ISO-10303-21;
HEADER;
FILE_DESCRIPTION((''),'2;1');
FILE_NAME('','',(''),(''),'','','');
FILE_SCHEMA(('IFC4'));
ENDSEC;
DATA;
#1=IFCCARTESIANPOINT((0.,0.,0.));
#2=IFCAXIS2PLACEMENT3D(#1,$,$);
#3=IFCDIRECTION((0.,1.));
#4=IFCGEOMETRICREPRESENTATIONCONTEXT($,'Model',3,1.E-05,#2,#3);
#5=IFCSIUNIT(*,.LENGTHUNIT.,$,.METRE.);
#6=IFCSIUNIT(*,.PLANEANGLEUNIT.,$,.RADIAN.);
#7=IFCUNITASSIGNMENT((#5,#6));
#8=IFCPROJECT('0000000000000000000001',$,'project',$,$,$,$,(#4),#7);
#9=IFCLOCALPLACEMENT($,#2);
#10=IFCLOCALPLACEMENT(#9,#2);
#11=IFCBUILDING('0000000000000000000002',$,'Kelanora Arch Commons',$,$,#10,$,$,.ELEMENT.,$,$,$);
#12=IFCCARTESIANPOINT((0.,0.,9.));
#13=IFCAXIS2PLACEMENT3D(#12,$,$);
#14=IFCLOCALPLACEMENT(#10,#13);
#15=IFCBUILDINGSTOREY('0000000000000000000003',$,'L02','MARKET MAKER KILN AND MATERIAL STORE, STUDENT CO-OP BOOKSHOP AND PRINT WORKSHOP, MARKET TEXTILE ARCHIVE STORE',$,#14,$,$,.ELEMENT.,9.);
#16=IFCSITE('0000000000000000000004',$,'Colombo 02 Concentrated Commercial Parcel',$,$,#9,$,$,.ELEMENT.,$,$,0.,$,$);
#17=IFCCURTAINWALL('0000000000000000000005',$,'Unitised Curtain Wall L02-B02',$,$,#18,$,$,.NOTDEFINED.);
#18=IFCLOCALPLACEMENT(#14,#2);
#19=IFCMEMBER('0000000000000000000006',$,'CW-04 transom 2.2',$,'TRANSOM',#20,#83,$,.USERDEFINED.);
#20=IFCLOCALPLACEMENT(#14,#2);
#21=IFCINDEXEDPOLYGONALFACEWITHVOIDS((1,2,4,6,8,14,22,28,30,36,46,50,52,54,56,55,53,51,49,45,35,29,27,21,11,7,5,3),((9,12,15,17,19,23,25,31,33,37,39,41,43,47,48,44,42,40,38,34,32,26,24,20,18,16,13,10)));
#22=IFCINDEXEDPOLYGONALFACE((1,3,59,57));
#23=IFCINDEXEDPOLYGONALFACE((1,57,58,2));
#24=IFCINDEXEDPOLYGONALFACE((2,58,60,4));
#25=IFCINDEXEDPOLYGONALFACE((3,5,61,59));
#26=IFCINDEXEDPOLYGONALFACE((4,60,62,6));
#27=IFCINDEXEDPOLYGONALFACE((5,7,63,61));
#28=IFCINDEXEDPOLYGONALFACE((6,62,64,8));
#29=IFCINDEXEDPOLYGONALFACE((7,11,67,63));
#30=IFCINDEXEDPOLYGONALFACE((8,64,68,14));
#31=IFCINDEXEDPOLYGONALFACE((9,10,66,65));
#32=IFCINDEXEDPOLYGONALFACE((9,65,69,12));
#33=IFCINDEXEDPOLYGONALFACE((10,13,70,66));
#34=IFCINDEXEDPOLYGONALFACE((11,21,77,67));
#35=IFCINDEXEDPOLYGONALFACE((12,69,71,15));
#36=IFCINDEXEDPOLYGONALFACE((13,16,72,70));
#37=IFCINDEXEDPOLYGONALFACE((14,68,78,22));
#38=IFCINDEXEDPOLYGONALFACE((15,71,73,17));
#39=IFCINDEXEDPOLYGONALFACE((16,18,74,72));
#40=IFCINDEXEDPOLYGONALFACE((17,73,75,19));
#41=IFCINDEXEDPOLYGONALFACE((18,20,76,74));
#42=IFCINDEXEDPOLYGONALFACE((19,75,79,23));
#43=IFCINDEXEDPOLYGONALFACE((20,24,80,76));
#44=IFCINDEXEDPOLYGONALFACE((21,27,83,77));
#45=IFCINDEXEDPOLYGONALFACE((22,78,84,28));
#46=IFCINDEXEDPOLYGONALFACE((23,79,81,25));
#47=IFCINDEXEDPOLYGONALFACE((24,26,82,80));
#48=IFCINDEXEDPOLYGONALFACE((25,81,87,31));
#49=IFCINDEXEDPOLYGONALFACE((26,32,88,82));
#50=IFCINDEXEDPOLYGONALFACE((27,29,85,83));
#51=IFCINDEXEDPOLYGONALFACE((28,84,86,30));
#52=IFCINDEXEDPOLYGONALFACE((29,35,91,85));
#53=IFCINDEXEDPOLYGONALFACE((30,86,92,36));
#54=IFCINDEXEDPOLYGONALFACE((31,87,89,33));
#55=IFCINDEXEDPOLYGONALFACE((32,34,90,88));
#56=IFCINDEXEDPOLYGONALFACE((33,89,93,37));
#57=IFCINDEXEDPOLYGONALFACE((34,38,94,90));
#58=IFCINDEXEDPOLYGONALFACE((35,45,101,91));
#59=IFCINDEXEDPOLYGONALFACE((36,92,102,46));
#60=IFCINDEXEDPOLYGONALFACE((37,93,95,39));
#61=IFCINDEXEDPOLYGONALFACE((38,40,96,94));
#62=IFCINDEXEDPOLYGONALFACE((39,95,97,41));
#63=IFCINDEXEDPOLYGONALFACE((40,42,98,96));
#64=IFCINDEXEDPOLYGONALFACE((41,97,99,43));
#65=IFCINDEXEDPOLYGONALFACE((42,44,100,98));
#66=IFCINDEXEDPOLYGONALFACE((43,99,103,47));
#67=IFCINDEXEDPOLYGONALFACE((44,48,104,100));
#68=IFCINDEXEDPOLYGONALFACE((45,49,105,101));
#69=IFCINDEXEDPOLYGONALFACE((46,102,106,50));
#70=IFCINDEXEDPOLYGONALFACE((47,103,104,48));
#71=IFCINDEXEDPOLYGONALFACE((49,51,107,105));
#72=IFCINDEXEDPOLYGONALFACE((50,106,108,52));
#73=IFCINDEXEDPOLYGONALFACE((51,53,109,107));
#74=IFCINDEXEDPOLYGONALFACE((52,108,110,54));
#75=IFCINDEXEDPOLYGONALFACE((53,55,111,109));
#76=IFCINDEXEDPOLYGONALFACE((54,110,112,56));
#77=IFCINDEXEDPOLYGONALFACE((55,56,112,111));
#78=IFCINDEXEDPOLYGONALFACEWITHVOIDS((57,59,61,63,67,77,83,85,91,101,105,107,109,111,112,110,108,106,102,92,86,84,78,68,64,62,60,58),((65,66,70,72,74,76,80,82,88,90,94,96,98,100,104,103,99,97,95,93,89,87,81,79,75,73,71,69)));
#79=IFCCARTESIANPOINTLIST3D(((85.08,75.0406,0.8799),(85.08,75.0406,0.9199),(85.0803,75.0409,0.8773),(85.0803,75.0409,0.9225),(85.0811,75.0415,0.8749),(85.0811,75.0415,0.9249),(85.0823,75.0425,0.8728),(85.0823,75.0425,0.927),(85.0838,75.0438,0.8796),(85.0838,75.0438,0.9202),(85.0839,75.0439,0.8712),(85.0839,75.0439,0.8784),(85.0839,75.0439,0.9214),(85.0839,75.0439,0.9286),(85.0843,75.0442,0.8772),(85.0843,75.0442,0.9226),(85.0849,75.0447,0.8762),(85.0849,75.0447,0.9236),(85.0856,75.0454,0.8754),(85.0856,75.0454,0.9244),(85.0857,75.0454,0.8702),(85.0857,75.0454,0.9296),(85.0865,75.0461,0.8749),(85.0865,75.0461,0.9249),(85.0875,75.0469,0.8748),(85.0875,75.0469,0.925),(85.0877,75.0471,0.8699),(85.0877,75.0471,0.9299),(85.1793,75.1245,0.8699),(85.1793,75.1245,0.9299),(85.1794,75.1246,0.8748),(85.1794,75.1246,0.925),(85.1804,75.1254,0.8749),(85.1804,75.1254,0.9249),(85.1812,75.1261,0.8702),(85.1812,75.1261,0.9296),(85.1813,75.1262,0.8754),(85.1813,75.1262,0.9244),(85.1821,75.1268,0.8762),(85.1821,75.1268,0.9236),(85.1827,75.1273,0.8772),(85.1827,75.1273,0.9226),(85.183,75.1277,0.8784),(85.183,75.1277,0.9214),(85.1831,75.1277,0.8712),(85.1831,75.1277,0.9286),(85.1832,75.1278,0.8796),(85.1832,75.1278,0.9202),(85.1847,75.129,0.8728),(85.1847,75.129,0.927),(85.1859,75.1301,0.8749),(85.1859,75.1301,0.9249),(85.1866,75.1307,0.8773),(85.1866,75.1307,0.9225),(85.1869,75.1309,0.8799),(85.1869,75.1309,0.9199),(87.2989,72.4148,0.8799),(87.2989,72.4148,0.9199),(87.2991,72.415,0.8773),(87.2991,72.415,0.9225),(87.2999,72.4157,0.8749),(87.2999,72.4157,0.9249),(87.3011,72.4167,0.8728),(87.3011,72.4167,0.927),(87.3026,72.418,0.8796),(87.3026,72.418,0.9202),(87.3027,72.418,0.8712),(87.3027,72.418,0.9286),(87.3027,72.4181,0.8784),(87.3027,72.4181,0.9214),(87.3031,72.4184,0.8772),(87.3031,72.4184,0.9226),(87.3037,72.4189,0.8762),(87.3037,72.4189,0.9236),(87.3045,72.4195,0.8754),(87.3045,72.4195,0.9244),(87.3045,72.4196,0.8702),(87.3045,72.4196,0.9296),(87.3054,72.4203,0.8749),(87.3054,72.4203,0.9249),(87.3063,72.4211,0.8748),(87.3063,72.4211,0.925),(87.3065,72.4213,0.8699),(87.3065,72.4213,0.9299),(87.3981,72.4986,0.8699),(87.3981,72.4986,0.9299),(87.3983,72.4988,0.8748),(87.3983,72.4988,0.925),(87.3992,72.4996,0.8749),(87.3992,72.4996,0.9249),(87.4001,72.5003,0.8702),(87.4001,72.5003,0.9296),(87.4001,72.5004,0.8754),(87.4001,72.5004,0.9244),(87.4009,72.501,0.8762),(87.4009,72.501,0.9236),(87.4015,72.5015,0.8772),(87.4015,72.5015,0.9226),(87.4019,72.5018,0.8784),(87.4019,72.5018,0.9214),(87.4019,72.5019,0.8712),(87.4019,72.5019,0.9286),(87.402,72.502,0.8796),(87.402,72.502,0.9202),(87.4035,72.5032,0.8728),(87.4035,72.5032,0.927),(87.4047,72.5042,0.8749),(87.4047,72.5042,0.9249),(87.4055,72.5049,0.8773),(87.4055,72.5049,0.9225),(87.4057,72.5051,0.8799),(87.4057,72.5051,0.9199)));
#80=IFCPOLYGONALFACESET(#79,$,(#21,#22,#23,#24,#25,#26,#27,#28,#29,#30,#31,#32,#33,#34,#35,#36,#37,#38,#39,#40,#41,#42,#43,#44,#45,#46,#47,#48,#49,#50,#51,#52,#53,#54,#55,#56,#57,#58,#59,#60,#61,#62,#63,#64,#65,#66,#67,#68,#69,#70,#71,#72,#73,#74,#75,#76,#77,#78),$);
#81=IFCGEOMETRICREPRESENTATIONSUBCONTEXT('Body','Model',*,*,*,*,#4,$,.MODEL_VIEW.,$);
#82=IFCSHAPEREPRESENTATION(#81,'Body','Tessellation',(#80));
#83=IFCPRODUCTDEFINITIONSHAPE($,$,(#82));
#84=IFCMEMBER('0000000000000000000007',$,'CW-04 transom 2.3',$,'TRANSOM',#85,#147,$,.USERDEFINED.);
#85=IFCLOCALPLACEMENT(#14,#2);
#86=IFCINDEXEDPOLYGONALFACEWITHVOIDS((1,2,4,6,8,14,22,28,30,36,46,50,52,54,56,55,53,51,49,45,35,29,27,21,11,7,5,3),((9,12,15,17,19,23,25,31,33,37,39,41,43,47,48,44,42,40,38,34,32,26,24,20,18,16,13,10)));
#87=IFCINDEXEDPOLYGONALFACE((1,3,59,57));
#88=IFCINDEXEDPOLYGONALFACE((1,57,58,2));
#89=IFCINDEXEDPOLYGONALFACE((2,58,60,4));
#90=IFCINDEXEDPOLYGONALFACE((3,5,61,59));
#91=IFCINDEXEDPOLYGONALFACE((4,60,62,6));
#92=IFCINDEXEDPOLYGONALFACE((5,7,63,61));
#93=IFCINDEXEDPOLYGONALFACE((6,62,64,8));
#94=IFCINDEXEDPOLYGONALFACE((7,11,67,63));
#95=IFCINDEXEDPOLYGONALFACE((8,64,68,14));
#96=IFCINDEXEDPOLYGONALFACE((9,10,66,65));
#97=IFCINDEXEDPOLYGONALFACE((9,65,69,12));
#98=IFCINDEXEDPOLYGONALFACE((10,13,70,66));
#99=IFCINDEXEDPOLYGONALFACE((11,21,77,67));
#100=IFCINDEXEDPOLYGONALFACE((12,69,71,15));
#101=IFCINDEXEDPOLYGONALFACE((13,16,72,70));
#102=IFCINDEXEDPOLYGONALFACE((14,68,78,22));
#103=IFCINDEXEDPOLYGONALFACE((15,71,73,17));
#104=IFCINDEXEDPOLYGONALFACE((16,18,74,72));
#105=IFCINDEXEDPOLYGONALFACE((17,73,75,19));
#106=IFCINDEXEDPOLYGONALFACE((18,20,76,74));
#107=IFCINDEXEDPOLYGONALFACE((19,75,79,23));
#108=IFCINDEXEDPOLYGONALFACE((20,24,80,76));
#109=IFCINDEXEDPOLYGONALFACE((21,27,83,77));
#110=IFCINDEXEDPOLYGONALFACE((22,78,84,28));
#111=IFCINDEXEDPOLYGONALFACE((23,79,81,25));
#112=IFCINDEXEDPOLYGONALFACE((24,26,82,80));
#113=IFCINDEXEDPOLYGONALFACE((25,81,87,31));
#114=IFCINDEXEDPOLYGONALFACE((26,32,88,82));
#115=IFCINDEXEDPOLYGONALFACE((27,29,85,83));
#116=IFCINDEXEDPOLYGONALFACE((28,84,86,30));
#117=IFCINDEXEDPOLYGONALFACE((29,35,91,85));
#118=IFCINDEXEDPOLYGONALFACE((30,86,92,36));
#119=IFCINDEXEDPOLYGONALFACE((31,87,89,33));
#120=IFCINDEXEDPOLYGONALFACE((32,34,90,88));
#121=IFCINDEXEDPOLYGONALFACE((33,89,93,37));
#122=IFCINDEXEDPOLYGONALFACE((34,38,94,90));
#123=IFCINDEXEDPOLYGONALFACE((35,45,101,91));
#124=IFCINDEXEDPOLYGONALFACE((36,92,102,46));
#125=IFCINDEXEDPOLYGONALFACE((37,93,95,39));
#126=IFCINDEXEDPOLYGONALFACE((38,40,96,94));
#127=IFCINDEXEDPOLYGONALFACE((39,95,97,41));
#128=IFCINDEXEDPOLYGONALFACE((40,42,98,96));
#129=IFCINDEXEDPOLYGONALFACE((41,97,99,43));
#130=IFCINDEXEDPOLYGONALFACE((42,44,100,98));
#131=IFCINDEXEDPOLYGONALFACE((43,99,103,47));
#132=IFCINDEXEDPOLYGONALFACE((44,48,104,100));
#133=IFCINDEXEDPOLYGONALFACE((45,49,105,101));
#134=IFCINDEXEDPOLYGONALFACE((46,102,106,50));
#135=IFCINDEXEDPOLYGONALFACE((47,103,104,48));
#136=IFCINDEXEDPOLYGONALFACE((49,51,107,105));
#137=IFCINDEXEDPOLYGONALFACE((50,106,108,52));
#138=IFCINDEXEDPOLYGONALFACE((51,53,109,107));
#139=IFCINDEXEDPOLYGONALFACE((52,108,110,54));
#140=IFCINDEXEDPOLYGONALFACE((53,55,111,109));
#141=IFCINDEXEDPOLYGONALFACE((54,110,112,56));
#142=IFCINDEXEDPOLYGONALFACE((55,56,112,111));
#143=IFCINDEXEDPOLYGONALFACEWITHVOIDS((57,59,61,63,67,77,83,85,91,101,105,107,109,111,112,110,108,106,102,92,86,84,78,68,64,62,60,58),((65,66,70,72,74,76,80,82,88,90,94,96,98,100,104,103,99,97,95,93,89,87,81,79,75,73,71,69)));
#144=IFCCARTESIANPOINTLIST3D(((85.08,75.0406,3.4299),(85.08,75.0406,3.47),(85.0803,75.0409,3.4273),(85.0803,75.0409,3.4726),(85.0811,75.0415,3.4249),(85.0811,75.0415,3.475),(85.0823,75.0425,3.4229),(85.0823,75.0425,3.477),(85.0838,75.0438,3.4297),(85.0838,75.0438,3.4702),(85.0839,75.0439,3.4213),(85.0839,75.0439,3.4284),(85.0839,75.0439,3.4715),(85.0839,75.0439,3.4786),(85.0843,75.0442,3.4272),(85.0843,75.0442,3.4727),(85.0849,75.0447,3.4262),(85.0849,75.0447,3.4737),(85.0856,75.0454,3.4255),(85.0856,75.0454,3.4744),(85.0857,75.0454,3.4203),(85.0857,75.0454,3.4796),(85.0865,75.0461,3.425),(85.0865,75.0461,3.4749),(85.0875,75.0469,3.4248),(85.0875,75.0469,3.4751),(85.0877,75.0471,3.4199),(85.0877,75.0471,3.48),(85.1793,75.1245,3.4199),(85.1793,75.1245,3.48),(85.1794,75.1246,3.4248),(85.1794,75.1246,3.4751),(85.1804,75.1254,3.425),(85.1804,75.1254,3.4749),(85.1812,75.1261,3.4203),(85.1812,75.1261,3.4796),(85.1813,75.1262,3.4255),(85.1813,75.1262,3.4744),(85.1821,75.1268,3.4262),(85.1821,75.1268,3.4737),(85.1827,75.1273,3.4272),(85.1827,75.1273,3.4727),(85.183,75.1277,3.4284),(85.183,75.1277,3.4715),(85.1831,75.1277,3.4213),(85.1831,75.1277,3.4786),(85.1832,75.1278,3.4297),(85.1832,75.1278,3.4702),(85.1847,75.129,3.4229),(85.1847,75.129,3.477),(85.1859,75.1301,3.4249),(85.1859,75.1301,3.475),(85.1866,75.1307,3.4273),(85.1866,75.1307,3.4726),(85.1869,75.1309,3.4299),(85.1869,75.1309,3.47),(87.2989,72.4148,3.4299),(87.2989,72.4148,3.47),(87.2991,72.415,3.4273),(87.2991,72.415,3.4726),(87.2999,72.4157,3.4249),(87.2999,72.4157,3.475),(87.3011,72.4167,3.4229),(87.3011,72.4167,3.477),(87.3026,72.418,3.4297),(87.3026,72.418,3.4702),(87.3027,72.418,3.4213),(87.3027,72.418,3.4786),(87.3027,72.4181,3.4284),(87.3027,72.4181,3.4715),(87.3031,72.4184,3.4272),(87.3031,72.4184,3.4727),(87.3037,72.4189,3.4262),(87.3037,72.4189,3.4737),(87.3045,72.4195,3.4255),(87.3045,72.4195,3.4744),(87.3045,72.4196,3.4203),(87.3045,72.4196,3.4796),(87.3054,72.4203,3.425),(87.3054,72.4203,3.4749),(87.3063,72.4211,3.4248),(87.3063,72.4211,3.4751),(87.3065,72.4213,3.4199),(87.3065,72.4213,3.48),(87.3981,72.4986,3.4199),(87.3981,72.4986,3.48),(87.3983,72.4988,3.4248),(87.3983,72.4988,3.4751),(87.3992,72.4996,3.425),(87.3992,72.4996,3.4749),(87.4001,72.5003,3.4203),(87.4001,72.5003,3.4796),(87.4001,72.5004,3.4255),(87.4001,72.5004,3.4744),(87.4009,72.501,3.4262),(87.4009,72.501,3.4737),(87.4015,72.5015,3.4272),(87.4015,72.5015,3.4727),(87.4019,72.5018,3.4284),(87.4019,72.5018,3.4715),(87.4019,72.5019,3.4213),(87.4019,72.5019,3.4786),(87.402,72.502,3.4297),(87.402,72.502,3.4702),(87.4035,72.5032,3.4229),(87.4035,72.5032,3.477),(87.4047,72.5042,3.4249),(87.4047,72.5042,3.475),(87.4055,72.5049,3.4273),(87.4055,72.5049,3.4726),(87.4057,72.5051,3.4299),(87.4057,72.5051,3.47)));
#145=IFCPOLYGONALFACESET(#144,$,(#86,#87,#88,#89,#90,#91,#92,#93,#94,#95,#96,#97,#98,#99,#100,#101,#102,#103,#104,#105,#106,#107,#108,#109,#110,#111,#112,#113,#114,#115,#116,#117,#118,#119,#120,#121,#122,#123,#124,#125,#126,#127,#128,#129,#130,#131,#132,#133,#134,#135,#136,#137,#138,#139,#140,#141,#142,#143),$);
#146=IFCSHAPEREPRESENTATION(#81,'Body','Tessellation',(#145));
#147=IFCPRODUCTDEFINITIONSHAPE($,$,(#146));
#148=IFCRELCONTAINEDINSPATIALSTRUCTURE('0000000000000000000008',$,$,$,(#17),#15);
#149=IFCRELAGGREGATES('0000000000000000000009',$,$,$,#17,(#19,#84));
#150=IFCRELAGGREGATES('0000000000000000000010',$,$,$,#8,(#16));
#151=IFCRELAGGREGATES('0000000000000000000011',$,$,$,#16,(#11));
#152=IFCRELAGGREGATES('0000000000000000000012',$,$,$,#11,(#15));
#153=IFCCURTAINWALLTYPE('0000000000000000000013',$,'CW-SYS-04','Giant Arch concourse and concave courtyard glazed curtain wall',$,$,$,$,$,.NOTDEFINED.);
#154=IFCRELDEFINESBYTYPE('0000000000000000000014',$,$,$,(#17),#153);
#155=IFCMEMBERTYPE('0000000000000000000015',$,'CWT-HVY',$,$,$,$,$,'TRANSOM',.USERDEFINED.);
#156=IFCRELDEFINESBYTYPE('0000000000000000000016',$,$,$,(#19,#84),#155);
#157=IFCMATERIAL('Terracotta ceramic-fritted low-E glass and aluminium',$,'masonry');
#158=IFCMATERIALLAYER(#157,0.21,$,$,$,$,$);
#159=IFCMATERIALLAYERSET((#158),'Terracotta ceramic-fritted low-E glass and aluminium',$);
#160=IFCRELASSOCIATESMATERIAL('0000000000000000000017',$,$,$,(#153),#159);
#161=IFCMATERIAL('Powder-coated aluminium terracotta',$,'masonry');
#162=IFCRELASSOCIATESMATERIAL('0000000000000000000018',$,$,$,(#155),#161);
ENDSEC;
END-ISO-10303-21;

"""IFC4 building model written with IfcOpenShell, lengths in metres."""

from ifc_helpers import new_model, si_unit, direction, frame, origin, origin_2d, place, context, subcontext, project, spatial, hollow_rectangle, extrude, material, layer, layer_set, material_profile, profile_set, type_object, element, aggregate, save


model = new_model("IFC4")

# Units and contexts
model_context = context("Model", 3, precision=1e-05, world=origin(), true_north=direction((0.0, 1.0)))
body_context = subcontext(model_context, "Body", "Model", "MODEL_VIEW")
ifc_project = project(units=[si_unit("LENGTHUNIT", "METRE"), si_unit("PLANEANGLEUNIT", "RADIAN")], contexts=[model_context])

# Site, building, storey
site_placement = place(None, origin())
site = spatial("IfcSite", under=ifc_project, at=site_placement, Name="Colombo 02 Concentrated Commercial Parcel", CompositionType="ELEMENT", RefElevation=0.0)
building_placement = place(site_placement, origin())
building = spatial("IfcBuilding", under=site, at=building_placement, Name="Kelanora Arch Commons", CompositionType="ELEMENT")
storey_placement = place(building_placement, frame((0.0, 0.0, 9.0)))
storey = spatial("IfcBuildingStorey", under=building, at=storey_placement, Name="L02", Description="MARKET MAKER KILN AND MATERIAL STORE, STUDENT CO-OP BOOKSHOP AND PRINT WORKSHOP, MARKET TEXTILE ARCHIVE STORE", CompositionType="ELEMENT", Elevation=9.0)

# Curtain wall
ifc_material_1 = material(Name="Terracotta ceramic-fritted low-E glass and aluminium", Category="masonry")
ifc_layer_1 = layer(ifc_material_1, 0.21)
ifc_layer_set_1 = layer_set([ifc_layer_1], Name="Terracotta ceramic-fritted low-E glass and aluminium")
curtain_wall_type = type_object("IfcCurtainWallType", Name="CW-SYS-04", Description="Giant Arch concourse and concave courtyard glazed curtain wall", PredefinedType="NOTDEFINED", material=ifc_layer_set_1)
curtain_wall_1_placement = place(storey_placement, origin())
curtain_wall_1 = element("IfcCurtainWall", 1, at=curtain_wall_1_placement, inside=storey, type_object=curtain_wall_type, Name="Unitised Curtain Wall L02-B02", PredefinedType="NOTDEFINED")
ifc_material_2 = material(Name="Powder-coated aluminium terracotta", Category="masonry")

# Members
ifc_material_profile_1 = material_profile(ifc_material_2, hollow_rectangle(XDim=0.1399, YDim=0.0601, WallThickness=0.0049, InnerFilletRadius=0.0049, OuterFilletRadius=0.01, at=origin_2d()), Name="CWT140x60")
ifc_profile_set_1 = profile_set([ifc_material_profile_1], Name="Powder-coated aluminium terracotta")
member_type_1 = type_object("IfcMemberType", Name="CWT-HVY", ElementType="TRANSOM", PredefinedType="USERDEFINED", material=ifc_profile_set_1)
member_1_placement = place(storey_placement, frame((87.3523, 72.46, 0.8999), z_axis=(-0.64543, 0.76382, 0.0), x_axis=(-0.76382, -0.64543, 0.0)))
member_1 = element("IfcMember", 2, at=member_1_placement, type_object=member_type_1, Name="CW-04 transom 2.2", ObjectType="TRANSOM", PredefinedType="USERDEFINED", context=body_context, shape_type="SweptSolid", body=[
    extrude(hollow_rectangle(XDim=0.1399, YDim=0.0601, WallThickness=0.0049, InnerFilletRadius=0.0049, OuterFilletRadius=0.01, at=origin_2d()), origin(), (0.0, 0.0, 1.0), 3.4377),
])
member_2_placement = place(storey_placement, frame((87.3523, 72.46, 3.45), z_axis=(-0.64543, 0.76382, 0.0), x_axis=(-0.76382, -0.64543, 0.0)))
member_2 = element("IfcMember", 3, at=member_2_placement, type_object=member_type_1, Name="CW-04 transom 2.3", ObjectType="TRANSOM", PredefinedType="USERDEFINED", context=body_context, shape_type="SweptSolid", body=[
    extrude(hollow_rectangle(XDim=0.1399, YDim=0.0601, WallThickness=0.0049, InnerFilletRadius=0.0049, OuterFilletRadius=0.01, at=origin_2d()), origin(), (0.0, 0.0, 1.0), 3.4377),
])

aggregate(curtain_wall_1, [member_1, member_2])

save(model, "model.ifc")
